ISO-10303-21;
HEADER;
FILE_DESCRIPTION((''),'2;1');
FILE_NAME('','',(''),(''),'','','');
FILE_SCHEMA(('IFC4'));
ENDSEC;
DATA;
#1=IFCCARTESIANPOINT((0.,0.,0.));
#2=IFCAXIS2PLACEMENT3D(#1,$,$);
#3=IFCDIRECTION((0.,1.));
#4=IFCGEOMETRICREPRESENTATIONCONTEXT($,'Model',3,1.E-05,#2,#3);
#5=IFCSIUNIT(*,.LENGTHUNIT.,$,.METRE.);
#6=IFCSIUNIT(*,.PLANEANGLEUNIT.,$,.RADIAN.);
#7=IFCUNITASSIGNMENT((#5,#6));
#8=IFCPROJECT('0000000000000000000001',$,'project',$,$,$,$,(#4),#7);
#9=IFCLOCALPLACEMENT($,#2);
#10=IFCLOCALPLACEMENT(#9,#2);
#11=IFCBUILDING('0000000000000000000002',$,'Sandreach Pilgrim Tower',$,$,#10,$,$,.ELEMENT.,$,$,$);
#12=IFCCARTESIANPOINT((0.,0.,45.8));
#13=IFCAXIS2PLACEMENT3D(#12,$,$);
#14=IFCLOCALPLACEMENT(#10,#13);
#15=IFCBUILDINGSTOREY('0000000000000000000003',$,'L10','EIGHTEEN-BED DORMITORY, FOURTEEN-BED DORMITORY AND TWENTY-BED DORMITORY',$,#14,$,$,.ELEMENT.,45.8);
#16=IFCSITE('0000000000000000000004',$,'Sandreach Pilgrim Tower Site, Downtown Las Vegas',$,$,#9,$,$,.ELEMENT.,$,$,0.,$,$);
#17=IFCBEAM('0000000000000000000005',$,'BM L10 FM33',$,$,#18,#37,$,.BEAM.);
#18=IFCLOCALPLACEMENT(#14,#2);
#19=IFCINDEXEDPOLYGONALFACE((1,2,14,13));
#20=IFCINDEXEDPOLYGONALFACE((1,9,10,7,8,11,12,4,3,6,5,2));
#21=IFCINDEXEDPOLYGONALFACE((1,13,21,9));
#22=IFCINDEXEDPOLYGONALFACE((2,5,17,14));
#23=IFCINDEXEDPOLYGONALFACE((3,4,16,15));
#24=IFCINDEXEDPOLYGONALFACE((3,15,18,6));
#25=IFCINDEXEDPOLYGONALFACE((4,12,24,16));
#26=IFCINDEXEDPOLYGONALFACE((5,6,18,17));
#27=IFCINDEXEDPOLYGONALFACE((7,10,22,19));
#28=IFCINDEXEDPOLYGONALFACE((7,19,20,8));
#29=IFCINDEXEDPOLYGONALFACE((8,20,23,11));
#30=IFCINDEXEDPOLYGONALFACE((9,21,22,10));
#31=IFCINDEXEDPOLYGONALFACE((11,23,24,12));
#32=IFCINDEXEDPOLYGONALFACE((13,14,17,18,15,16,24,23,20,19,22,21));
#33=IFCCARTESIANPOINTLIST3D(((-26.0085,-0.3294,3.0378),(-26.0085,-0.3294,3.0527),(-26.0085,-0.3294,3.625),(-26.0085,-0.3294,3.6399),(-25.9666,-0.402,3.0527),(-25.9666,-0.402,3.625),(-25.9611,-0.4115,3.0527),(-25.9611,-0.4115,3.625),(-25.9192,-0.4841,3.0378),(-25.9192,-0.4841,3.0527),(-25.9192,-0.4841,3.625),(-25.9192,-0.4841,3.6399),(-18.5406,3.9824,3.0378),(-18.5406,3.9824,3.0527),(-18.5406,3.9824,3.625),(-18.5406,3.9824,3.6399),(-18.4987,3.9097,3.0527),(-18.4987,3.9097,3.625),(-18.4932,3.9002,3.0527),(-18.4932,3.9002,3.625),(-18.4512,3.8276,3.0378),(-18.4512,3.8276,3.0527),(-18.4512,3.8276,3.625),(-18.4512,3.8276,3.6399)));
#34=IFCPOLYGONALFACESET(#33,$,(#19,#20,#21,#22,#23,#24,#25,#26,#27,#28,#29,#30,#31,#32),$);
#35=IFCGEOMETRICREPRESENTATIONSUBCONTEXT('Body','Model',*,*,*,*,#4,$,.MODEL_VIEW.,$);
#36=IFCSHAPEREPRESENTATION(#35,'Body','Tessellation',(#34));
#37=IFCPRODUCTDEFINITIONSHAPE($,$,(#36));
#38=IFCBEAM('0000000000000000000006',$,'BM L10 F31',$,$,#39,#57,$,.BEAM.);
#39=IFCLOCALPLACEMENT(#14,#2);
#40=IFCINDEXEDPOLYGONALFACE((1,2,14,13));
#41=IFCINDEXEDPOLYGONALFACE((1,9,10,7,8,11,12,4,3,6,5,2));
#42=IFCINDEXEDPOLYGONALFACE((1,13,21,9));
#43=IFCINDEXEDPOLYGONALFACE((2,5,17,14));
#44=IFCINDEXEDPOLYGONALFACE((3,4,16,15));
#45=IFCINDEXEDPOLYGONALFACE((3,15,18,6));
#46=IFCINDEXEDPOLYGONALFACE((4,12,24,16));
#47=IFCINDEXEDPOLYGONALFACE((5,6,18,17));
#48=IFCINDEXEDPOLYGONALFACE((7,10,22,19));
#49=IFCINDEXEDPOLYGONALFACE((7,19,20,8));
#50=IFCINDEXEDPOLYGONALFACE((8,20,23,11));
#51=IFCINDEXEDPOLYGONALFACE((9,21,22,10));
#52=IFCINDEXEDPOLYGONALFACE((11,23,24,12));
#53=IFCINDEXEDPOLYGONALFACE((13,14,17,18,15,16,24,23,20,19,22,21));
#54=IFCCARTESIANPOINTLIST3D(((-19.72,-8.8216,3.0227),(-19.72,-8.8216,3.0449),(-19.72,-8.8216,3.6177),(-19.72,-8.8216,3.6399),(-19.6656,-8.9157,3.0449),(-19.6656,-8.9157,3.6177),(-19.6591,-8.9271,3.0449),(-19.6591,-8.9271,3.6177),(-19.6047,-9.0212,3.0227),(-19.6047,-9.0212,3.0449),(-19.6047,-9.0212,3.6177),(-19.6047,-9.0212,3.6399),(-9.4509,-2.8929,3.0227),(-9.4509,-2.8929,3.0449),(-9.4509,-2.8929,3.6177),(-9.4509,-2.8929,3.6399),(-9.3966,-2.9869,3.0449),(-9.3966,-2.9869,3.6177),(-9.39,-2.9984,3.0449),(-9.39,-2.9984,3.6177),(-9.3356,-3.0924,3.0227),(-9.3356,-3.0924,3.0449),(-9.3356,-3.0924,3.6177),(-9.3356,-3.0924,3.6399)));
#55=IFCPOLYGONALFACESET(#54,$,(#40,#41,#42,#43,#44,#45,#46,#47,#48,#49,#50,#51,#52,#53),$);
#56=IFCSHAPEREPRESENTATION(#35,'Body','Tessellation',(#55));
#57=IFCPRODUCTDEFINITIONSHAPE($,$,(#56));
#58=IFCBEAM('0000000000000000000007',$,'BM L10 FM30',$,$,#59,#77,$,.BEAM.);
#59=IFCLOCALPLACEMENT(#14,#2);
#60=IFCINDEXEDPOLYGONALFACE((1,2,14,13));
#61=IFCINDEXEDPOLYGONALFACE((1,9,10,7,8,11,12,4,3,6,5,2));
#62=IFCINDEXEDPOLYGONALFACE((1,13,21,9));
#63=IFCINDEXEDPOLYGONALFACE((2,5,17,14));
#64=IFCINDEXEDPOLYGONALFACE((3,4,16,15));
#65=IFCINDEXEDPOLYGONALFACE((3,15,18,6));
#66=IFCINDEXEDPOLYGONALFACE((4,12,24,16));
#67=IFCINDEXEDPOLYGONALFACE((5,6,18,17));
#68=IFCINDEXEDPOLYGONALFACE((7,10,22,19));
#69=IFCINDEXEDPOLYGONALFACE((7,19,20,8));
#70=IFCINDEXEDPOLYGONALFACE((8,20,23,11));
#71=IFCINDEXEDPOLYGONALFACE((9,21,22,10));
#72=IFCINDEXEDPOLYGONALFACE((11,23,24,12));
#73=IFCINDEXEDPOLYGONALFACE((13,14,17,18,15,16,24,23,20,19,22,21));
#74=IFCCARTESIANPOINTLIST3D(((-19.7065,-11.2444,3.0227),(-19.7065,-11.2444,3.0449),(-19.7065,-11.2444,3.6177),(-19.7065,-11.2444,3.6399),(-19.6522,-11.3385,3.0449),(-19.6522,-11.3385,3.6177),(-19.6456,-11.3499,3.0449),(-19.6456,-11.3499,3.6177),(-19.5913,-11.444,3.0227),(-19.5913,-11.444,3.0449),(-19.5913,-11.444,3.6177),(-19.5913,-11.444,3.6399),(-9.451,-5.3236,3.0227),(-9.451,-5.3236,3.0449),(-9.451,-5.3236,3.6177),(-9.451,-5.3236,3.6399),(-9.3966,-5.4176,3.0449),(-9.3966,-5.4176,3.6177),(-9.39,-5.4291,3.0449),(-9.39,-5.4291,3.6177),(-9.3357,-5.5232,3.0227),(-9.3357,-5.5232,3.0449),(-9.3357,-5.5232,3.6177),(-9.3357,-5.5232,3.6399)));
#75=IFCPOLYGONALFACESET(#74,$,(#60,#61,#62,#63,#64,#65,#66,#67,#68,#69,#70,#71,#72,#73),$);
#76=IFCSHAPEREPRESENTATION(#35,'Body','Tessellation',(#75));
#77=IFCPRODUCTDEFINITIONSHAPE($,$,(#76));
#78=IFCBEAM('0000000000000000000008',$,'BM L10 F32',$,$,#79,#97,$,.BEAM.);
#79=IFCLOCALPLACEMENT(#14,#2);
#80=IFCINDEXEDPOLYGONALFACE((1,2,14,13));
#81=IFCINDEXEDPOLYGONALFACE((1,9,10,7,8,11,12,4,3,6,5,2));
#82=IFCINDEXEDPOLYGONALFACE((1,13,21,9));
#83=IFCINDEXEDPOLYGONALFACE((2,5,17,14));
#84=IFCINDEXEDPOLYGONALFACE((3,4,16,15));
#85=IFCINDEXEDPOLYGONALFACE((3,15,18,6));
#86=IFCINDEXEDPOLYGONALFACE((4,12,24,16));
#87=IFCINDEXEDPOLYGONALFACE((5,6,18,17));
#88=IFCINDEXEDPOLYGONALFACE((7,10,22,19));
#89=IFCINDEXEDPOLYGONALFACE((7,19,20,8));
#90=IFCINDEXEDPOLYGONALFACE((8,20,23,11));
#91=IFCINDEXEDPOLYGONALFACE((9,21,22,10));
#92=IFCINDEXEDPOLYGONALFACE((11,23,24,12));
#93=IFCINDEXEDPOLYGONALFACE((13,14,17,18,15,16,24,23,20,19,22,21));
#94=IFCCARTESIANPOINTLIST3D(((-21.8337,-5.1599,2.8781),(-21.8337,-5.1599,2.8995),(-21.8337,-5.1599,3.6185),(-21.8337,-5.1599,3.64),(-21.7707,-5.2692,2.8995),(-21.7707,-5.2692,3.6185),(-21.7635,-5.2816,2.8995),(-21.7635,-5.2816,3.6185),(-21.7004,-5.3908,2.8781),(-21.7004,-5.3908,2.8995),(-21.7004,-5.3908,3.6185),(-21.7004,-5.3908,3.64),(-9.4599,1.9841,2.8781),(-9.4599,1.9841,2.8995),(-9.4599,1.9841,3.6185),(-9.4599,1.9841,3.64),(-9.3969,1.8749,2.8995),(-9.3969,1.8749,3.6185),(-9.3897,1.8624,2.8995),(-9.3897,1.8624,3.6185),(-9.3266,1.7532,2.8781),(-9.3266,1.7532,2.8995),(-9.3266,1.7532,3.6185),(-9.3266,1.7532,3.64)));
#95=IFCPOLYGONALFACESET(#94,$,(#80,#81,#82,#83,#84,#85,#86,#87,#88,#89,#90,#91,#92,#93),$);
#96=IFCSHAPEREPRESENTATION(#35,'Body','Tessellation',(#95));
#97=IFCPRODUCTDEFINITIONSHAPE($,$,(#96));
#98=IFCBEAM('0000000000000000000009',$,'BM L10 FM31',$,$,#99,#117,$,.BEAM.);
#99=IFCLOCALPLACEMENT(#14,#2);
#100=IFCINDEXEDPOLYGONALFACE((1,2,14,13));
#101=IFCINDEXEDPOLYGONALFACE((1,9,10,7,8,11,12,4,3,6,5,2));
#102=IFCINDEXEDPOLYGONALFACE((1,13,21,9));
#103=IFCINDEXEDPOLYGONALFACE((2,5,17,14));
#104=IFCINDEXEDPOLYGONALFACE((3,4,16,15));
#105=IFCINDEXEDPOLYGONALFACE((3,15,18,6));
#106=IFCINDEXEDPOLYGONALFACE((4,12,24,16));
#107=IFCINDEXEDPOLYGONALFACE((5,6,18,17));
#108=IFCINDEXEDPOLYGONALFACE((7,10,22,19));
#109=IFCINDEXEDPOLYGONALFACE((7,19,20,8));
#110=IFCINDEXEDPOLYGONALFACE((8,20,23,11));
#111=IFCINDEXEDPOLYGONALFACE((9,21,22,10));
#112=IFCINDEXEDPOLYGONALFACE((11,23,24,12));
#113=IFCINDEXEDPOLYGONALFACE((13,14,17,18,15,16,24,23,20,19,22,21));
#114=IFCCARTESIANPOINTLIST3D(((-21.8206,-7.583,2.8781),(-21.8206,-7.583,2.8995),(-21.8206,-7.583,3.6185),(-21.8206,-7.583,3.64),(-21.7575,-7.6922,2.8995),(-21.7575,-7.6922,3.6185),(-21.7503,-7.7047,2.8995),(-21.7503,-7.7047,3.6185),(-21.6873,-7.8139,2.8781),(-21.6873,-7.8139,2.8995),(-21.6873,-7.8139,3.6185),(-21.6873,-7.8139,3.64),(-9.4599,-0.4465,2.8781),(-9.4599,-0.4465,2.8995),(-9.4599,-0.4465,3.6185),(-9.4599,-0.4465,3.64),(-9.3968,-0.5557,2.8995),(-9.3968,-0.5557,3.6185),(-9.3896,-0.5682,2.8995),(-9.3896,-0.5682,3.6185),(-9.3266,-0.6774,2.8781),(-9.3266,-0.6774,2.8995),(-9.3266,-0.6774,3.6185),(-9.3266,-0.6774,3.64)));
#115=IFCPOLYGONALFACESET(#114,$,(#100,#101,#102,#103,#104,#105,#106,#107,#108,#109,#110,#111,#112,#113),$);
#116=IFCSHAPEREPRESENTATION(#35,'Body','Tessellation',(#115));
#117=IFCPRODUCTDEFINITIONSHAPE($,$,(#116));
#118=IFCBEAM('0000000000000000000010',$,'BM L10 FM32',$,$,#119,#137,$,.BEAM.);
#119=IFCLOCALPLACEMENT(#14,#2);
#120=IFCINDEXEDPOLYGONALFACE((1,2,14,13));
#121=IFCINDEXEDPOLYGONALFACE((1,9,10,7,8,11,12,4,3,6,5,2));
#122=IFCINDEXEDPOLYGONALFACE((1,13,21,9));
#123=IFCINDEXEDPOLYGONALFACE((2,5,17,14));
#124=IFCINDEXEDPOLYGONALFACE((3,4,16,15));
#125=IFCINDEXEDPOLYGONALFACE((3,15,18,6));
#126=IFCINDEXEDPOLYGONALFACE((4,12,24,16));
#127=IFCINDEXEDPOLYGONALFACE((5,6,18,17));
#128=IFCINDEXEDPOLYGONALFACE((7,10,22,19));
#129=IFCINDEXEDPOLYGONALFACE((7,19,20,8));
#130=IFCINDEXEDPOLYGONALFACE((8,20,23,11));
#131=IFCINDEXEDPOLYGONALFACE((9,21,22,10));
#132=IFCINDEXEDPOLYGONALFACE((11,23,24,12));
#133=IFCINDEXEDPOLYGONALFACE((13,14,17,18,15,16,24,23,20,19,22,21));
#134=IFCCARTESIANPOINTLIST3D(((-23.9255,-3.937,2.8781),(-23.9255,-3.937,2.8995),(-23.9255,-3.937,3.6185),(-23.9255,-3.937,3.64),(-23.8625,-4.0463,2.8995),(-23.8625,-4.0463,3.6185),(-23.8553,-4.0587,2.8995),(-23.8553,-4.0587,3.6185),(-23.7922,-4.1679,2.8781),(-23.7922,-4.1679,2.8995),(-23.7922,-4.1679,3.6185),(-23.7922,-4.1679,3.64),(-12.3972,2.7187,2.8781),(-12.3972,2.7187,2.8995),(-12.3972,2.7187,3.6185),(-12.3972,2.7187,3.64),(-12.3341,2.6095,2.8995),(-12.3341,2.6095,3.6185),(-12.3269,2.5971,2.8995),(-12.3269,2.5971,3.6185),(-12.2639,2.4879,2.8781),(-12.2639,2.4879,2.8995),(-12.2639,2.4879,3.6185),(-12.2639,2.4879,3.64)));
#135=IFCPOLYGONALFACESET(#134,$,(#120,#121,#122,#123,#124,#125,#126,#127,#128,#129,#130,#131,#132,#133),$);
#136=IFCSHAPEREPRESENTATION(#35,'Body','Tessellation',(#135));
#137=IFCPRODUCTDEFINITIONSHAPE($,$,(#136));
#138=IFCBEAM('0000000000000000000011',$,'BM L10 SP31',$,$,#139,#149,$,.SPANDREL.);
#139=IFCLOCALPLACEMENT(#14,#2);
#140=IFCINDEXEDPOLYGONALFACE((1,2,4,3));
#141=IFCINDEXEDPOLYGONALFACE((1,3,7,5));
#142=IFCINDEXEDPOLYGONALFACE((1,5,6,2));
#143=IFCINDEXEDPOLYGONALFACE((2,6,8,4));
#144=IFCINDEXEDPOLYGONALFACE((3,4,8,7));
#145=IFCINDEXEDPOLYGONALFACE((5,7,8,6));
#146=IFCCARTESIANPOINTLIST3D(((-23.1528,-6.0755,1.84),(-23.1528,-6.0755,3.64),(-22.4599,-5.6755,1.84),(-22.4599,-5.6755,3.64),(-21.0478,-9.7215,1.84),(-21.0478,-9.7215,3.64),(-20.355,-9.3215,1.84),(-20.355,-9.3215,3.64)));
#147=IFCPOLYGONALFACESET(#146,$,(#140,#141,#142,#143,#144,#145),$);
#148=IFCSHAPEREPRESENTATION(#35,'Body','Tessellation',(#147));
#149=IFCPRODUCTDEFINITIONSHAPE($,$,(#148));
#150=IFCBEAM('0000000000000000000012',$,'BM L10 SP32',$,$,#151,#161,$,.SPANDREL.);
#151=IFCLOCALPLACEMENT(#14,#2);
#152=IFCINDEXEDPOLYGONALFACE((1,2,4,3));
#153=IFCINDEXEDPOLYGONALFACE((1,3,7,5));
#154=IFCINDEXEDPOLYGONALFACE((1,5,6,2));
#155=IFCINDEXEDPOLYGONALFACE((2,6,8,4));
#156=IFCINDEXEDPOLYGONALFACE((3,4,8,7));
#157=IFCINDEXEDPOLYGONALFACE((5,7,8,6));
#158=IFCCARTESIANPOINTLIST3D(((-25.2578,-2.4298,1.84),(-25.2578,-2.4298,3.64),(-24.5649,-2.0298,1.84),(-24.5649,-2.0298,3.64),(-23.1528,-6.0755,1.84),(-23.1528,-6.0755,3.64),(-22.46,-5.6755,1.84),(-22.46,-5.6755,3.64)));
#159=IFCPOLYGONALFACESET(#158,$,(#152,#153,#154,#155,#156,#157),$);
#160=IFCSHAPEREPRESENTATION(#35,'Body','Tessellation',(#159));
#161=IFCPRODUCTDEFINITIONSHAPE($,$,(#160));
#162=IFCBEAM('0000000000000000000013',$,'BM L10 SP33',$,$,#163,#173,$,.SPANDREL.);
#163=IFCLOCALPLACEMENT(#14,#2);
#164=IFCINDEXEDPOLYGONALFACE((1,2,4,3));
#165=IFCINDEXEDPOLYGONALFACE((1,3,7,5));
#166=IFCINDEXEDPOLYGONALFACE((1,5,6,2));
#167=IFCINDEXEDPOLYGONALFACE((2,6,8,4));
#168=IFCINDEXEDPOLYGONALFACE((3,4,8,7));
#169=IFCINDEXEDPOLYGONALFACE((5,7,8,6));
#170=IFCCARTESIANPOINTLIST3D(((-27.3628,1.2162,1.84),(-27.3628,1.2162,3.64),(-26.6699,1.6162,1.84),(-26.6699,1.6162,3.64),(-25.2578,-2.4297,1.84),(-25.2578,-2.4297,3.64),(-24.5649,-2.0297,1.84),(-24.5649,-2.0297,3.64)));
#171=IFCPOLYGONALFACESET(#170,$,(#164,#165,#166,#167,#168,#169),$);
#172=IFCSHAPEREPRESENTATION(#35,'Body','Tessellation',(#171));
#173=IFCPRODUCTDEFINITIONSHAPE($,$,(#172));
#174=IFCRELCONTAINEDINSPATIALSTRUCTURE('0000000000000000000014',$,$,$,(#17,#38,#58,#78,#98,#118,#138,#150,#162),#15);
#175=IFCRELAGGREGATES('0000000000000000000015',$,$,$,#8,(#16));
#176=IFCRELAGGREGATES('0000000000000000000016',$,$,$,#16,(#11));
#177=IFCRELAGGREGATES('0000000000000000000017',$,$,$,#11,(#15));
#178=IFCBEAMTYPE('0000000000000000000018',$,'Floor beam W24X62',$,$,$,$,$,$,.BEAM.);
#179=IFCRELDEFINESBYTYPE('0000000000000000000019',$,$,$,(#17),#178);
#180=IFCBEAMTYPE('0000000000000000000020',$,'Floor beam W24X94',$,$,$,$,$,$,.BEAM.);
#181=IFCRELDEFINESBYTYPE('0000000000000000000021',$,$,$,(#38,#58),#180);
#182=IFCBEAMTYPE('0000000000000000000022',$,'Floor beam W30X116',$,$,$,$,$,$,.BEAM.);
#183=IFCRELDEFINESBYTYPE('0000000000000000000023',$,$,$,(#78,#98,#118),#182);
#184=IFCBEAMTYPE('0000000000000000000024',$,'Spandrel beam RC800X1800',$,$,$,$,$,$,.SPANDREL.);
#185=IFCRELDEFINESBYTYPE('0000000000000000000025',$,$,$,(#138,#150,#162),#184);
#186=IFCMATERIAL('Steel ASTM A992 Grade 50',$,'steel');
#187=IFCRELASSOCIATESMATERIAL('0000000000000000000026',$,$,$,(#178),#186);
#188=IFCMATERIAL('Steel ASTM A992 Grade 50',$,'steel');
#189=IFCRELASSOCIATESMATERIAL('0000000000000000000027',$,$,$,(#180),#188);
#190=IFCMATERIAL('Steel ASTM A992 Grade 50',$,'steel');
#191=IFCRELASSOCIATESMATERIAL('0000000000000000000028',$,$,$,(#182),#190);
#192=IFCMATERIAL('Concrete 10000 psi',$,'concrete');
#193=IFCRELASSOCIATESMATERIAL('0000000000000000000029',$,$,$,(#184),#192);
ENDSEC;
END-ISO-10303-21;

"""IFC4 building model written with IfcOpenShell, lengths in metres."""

from ifc_helpers import new_model, si_unit, direction, frame, origin, origin_2d, place, context, subcontext, project, spatial, rectangle, i_section, extrude, material, material_profile, profile_set, type_object, element, save


model = new_model("IFC4")

# Units and contexts
model_context = context("Model", 3, precision=1e-05, world=origin(), true_north=direction((0.0, 1.0)))
body_context = subcontext(model_context, "Body", "Model", "MODEL_VIEW")
ifc_project = project(units=[si_unit("LENGTHUNIT", "METRE"), si_unit("PLANEANGLEUNIT", "RADIAN")], contexts=[model_context])

# Site, building, storey
site_placement = place(None, origin())
site = spatial("IfcSite", under=ifc_project, at=site_placement, Name="Sandreach Pilgrim Tower Site, Downtown Las Vegas", CompositionType="ELEMENT", RefElevation=0.0)
building_placement = place(site_placement, origin())
building = spatial("IfcBuilding", under=site, at=building_placement, Name="Sandreach Pilgrim Tower", CompositionType="ELEMENT")
storey_placement = place(building_placement, frame((0.0, 0.0, 45.8)))
storey = spatial("IfcBuildingStorey", under=building, at=storey_placement, Name="L10", Description="EIGHTEEN-BED DORMITORY, FOURTEEN-BED DORMITORY AND TWENTY-BED DORMITORY", CompositionType="ELEMENT", Elevation=45.8)

# Beams
ifc_material_1 = material(Name="Steel ASTM A992 Grade 50", Category="steel")
ifc_material_profile_1 = material_profile(ifc_material_1, i_section(OverallWidth=0.1787, OverallDepth=0.6021, WebThickness=0.011, FlangeThickness=0.0149, at=origin_2d()), Name="W24X62")
ifc_profile_set_1 = profile_set([ifc_material_profile_1], Name="Steel ASTM A992 Grade 50")
beam_type_1 = type_object("IfcBeamType", Name="Floor beam W24X62", PredefinedType="BEAM", material=ifc_profile_set_1)
beam_1_placement = place(storey_placement, frame((-25.9639, -0.4067, 3.3389), z_axis=(0.86602, 0.500009, 0.0), x_axis=(-0.500009, 0.86602, 0.0)))
element("IfcBeam", 1, at=beam_1_placement, inside=storey, type_object=beam_type_1, Name="BM L10 FM33", PredefinedType="BEAM", context=body_context, shape_type="SweptSolid", body=[
    extrude(i_section(OverallWidth=0.1787, OverallDepth=0.6021, WebThickness=0.011, FlangeThickness=0.0149, at=origin_2d()), origin(), (0.0, 0.0, 1.0), 8.6233),
])
ifc_material_2 = material(Name="Steel ASTM A992 Grade 50", Category="steel")
ifc_material_profile_2 = material_profile(ifc_material_2, i_section(OverallWidth=0.2305, OverallDepth=0.6172, WebThickness=0.0132, FlangeThickness=0.0222, at=origin_2d()), Name="W24X94")
ifc_profile_set_2 = profile_set([ifc_material_profile_2], Name="Steel ASTM A992 Grade 50")
beam_type_2 = type_object("IfcBeamType", Name="Floor beam W24X94", PredefinedType="BEAM", material=ifc_profile_set_2)
beam_2_placement = place(storey_placement, frame((-19.6624, -8.9214, 3.3313), z_axis=(0.86603, 0.499992, 0.0), x_axis=(-0.499992, 0.86603, 0.0)))
element("IfcBeam", 2, at=beam_2_placement, inside=storey, type_object=beam_type_2, Name="BM L10 F31", PredefinedType="BEAM", context=body_context, shape_type="SweptSolid", body=[
    extrude(i_section(OverallWidth=0.2305, OverallDepth=0.6172, WebThickness=0.0132, FlangeThickness=0.0222, at=origin_2d()), origin(), (0.0, 0.0, 1.0), 11.8577),
])
beam_3_placement = place(storey_placement, frame((-19.6489, -11.3442, 3.3313), z_axis=(0.866032, 0.499988, 0.0), x_axis=(-0.499988, 0.866032, 0.0)))
element("IfcBeam", 3, at=beam_3_placement, inside=storey, type_object=beam_type_2, Name="BM L10 FM30", PredefinedType="BEAM", context=body_context, shape_type="SweptSolid", body=[
    extrude(i_section(OverallWidth=0.2305, OverallDepth=0.6172, WebThickness=0.0132, FlangeThickness=0.0222, at=origin_2d()), origin(), (0.0, 0.0, 1.0), 11.842),
])
ifc_material_3 = material(Name="Steel ASTM A992 Grade 50", Category="steel")
ifc_material_profile_3 = material_profile(ifc_material_3, i_section(OverallWidth=0.2666, OverallDepth=0.762, WebThickness=0.0144, FlangeThickness=0.0215, at=origin_2d()), Name="W30X116")
ifc_profile_set_3 = profile_set([ifc_material_profile_3], Name="Steel ASTM A992 Grade 50")
beam_type_3 = type_object("IfcBeamType", Name="Floor beam W30X116", PredefinedType="BEAM", material=ifc_profile_set_3)
beam_4_placement = place(storey_placement, frame((-21.7671, -5.2754, 3.259), z_axis=(0.866024, 0.500002, 0.0), x_axis=(-0.500002, 0.866024, 0.0)))
element("IfcBeam", 4, at=beam_4_placement, inside=storey, type_object=beam_type_3, Name="BM L10 F32", PredefinedType="BEAM", context=body_context, shape_type="SweptSolid", body=[
    extrude(i_section(OverallWidth=0.2666, OverallDepth=0.762, WebThickness=0.0144, FlangeThickness=0.0215, at=origin_2d()), origin(), (0.0, 0.0, 1.0), 14.2881),
])
beam_5_placement = place(storey_placement, frame((-21.7539, -7.6985, 3.259), z_axis=(0.866023, 0.500004, 0.0), x_axis=(-0.500004, 0.866023, 0.0)))
element("IfcBeam", 5, at=beam_5_placement, inside=storey, type_object=beam_type_3, Name="BM L10 FM31", PredefinedType="BEAM", context=body_context, shape_type="SweptSolid", body=[
    extrude(i_section(OverallWidth=0.2666, OverallDepth=0.762, WebThickness=0.0144, FlangeThickness=0.0215, at=origin_2d()), origin(), (0.0, 0.0, 1.0), 14.2729),
])
beam_6_placement = place(storey_placement, frame((-23.8589, -4.0525, 3.259), z_axis=(0.866029, 0.499993, 0.0), x_axis=(-0.499993, 0.866029, 0.0)))
element("IfcBeam", 6, at=beam_6_placement, inside=storey, type_object=beam_type_3, Name="BM L10 FM32", PredefinedType="BEAM", context=body_context, shape_type="SweptSolid", body=[
    extrude(i_section(OverallWidth=0.2666, OverallDepth=0.762, WebThickness=0.0144, FlangeThickness=0.0215, at=origin_2d()), origin(), (0.0, 0.0, 1.0), 13.3118),
])
ifc_material_4 = material(Name="Concrete 10000 psi", Category="concrete")
ifc_material_profile_4 = material_profile(ifc_material_4, rectangle(XDim=0.8, YDim=1.8, at=origin_2d()), Name="RC800X1800")
ifc_profile_set_4 = profile_set([ifc_material_profile_4], Name="Concrete 10000 psi")
beam_type_4 = type_object("IfcBeamType", Name="Spandrel beam RC800X1800", PredefinedType="SPANDREL", material=ifc_profile_set_4)
beam_7_placement = place(storey_placement, frame((-20.7014, -9.5215, 2.74), z_axis=(-0.499994, 0.866029, 0.0), x_axis=(-0.866029, -0.499994, 0.0)))
element("IfcBeam", 7, at=beam_7_placement, inside=storey, type_object=beam_type_4, Name="BM L10 SP31", PredefinedType="SPANDREL", context=body_context, shape_type="SweptSolid", body=[
    extrude(rectangle(XDim=0.8, YDim=1.8, at=origin_2d()), origin(), (0.0, 0.0, 1.0), 4.21),
])
beam_8_placement = place(storey_placement, frame((-22.8064, -5.8755, 2.74), z_axis=(-0.500019, 0.866015, 0.0), x_axis=(-0.866015, -0.500019, 0.0)))
element("IfcBeam", 8, at=beam_8_placement, inside=storey, type_object=beam_type_4, Name="BM L10 SP32", PredefinedType="SPANDREL", context=body_context, shape_type="SweptSolid", body=[
    extrude(rectangle(XDim=0.8, YDim=1.8, at=origin_2d()), origin(), (0.0, 0.0, 1.0), 4.2097),
])
beam_9_placement = place(storey_placement, frame((-24.9114, -2.2297, 2.74), z_axis=(-0.499994, 0.866029, 0.0), x_axis=(-0.866029, -0.499994, 0.0)))
element("IfcBeam", 9, at=beam_9_placement, inside=storey, type_object=beam_type_4, Name="BM L10 SP33", PredefinedType="SPANDREL", context=body_context, shape_type="SweptSolid", body=[
    extrude(rectangle(XDim=0.8, YDim=1.8, at=origin_2d()), origin(), (0.0, 0.0, 1.0), 4.21),
])

save(model, "model.ifc")
